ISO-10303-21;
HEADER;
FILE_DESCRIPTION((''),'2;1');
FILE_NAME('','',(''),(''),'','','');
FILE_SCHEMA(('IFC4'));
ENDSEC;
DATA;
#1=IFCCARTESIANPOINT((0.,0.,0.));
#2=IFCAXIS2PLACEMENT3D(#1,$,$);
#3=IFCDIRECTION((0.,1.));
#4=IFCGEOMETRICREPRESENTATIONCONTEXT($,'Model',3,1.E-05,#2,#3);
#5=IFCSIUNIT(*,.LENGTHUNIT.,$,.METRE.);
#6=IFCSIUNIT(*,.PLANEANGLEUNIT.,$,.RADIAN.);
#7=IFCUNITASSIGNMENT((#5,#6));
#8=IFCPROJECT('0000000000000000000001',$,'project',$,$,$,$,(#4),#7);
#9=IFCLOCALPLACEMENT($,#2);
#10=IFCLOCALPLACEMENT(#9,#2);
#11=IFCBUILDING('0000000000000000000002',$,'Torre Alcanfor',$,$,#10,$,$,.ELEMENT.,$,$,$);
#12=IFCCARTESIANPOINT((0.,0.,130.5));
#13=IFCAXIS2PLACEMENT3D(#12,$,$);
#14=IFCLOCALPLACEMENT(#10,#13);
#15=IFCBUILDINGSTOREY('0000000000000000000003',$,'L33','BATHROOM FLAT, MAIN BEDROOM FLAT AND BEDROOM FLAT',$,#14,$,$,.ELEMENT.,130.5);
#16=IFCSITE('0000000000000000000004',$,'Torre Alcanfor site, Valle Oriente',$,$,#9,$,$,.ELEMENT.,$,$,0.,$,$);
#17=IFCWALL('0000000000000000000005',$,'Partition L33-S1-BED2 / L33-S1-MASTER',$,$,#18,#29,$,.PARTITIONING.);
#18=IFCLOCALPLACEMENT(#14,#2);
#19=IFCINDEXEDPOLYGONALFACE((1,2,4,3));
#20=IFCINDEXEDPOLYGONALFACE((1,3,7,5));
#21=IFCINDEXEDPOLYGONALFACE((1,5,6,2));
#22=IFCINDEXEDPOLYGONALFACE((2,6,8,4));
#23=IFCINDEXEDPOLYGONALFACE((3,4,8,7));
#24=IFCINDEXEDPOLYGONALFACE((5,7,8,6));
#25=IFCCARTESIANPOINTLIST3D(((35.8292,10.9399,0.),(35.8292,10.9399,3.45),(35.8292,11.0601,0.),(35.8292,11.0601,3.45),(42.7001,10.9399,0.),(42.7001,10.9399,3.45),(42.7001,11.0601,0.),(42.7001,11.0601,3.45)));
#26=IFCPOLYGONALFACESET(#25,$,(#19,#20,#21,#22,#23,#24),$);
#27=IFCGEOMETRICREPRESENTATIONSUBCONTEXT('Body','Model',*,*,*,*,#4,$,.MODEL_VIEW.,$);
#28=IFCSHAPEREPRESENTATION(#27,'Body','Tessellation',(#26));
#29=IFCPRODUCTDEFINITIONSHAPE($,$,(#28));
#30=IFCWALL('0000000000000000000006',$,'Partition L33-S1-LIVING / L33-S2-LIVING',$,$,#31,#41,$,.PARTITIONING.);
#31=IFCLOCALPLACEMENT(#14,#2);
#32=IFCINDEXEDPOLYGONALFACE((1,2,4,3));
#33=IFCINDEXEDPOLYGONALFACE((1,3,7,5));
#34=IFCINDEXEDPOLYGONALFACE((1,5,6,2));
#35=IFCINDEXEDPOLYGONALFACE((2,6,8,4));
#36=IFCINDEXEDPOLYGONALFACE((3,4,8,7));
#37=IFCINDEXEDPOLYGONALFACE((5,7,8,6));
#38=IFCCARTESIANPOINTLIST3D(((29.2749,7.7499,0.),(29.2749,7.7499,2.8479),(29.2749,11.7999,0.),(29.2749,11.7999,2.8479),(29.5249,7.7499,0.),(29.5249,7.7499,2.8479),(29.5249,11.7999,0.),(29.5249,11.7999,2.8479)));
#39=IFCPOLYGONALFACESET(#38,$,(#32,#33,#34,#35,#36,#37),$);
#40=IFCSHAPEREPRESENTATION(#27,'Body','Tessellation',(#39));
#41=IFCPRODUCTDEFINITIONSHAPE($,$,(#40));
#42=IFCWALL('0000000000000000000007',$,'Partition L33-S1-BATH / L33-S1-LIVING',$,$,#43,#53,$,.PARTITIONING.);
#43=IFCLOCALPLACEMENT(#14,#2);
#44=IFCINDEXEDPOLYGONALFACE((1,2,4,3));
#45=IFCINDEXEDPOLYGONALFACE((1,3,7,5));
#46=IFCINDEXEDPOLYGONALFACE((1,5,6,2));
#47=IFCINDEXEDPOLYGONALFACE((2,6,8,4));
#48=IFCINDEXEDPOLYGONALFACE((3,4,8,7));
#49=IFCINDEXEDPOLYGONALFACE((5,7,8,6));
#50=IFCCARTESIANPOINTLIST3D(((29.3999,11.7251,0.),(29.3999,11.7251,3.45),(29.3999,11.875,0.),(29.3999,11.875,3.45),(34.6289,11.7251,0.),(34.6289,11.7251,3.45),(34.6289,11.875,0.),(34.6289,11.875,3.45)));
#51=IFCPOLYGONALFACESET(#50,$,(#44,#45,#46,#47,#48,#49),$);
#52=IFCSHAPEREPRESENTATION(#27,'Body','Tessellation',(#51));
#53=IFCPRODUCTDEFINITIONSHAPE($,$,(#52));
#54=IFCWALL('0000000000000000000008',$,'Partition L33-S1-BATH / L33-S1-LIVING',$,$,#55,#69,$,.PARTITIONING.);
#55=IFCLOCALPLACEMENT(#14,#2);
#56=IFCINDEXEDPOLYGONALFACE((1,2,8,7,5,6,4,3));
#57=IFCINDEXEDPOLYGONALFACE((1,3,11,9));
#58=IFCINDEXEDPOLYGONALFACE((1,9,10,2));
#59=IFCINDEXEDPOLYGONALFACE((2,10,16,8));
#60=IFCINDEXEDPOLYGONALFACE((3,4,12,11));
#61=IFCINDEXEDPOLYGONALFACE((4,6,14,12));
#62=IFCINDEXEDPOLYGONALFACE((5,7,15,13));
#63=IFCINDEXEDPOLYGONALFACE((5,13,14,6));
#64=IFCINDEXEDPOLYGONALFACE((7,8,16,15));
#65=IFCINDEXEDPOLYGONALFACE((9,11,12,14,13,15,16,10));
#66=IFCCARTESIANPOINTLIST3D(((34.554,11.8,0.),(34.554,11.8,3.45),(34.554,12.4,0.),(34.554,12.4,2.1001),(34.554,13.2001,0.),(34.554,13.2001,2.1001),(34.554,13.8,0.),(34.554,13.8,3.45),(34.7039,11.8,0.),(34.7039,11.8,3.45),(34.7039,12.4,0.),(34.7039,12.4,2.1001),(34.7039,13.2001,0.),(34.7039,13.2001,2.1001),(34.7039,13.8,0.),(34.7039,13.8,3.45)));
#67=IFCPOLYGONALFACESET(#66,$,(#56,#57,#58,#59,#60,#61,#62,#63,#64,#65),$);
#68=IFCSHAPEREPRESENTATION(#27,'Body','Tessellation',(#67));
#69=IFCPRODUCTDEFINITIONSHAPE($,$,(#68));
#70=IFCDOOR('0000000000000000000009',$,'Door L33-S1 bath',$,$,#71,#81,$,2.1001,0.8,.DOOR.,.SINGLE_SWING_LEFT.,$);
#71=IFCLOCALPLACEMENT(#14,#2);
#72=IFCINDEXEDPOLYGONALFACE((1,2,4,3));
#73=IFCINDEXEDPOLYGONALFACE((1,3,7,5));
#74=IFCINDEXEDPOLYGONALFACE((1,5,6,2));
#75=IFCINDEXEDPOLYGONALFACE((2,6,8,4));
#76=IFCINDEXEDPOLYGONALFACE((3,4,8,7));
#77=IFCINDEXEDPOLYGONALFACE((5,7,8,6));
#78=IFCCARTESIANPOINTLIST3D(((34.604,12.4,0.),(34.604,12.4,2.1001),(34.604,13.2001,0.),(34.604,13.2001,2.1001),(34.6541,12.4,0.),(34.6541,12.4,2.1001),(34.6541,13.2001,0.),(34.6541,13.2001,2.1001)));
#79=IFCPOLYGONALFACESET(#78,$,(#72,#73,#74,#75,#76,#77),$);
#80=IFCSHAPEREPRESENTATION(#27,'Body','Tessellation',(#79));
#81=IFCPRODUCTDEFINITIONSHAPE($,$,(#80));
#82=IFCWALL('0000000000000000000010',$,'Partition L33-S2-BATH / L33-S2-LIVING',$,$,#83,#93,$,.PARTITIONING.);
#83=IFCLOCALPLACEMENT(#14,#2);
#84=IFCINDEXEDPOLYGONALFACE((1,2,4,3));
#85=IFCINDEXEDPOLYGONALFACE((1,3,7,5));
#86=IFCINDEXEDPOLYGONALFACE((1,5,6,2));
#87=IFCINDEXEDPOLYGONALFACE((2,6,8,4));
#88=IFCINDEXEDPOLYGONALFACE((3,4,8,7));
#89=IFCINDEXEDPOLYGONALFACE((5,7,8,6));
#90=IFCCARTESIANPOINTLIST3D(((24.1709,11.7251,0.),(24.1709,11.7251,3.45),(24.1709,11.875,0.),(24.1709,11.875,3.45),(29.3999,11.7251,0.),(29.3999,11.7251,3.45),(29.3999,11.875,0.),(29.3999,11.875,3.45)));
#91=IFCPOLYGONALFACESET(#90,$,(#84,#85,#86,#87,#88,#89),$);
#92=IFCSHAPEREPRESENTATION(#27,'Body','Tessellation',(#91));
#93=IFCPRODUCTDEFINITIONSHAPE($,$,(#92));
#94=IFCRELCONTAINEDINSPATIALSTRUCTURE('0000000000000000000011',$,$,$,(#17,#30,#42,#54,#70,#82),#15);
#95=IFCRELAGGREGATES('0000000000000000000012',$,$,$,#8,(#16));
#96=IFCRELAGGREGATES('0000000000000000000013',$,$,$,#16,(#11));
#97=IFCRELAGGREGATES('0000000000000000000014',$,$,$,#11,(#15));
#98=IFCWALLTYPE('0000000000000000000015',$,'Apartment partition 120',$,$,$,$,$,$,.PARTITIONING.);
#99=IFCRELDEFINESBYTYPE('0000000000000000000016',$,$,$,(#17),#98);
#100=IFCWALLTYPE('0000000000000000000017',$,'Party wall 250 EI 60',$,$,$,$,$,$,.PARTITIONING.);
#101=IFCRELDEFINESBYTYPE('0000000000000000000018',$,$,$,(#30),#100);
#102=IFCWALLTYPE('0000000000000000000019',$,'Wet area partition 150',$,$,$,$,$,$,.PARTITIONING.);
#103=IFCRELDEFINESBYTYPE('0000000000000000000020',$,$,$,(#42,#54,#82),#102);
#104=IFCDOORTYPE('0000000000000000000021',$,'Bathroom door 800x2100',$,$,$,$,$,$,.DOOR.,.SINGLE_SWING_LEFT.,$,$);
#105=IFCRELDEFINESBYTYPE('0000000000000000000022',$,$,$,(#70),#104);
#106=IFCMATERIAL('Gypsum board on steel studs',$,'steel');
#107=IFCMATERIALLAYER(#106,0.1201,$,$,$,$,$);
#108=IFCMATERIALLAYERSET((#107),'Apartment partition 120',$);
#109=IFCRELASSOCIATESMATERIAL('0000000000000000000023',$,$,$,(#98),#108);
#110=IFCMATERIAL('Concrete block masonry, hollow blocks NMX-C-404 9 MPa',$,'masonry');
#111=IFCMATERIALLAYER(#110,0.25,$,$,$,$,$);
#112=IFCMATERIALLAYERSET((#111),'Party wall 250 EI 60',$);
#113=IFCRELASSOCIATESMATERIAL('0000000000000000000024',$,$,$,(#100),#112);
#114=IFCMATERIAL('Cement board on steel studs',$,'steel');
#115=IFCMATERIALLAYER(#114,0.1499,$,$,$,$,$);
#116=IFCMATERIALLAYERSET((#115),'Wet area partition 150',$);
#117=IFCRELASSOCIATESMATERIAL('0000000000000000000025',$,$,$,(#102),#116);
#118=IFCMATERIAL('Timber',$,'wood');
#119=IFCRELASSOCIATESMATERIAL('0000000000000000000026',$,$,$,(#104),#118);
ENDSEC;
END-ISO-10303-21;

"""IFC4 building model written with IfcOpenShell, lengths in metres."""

from ifc_helpers import new_model, si_unit, direction, frame, frame_2d, origin, place, context, subcontext, project, spatial, rectangle, extrude, material, layer, layer_set, type_object, element, fill, save


model = new_model("IFC4")

# Units and contexts
model_context = context("Model", 3, precision=1e-05, world=origin(), true_north=direction((0.0, 1.0)))
body_context = subcontext(model_context, "Body", "Model", "MODEL_VIEW")
ifc_project = project(units=[si_unit("LENGTHUNIT", "METRE"), si_unit("PLANEANGLEUNIT", "RADIAN")], contexts=[model_context])

# Site, building, storey
site_placement = place(None, origin())
site = spatial("IfcSite", under=ifc_project, at=site_placement, Name="Torre Alcanfor site, Valle Oriente", CompositionType="ELEMENT", RefElevation=0.0)
building_placement = place(site_placement, origin())
building = spatial("IfcBuilding", under=site, at=building_placement, Name="Torre Alcanfor", CompositionType="ELEMENT")
storey_placement = place(building_placement, frame((0.0, 0.0, 130.5)))
storey = spatial("IfcBuildingStorey", under=building, at=storey_placement, Name="L33", Description="BATHROOM FLAT, MAIN BEDROOM FLAT AND BEDROOM FLAT", CompositionType="ELEMENT", Elevation=130.5)

# Shared definitions
ifc_material_1 = material(Name="Gypsum board on steel studs", Category="steel")
ifc_layer_1 = layer(ifc_material_1, 0.1201)
ifc_layer_set_1 = layer_set([ifc_layer_1], Name="Apartment partition 120")
wall_type_1 = type_object("IfcWallType", Name="Apartment partition 120", PredefinedType="PARTITIONING", material=ifc_layer_set_1)

# Walls
wall_1_placement = place(storey_placement, frame((35.8291, 11.0, 0.0), z_axis=(0.0, 0.0, 1.0), x_axis=(1.0, 0.0, 0.0)))
element("IfcWall", 1, at=wall_1_placement, inside=storey, type_object=wall_type_1, Name="Partition L33-S1-BED2 / L33-S1-MASTER", PredefinedType="PARTITIONING", context=body_context, shape_type="SweptSolid", body=[
    extrude(rectangle(XDim=6.8708, YDim=0.1201, at=frame_2d((3.4355, 0.0))), origin(), (0.0, 0.0, 1.0), 3.45),
])
ifc_material_2 = material(Name="Concrete block masonry, hollow blocks NMX-C-404 9 MPa", Category="masonry")
ifc_layer_2 = layer(ifc_material_2, 0.25)
ifc_layer_set_2 = layer_set([ifc_layer_2], Name="Party wall 250 EI 60")
wall_type_2 = type_object("IfcWallType", Name="Party wall 250 EI 60", PredefinedType="PARTITIONING", material=ifc_layer_set_2)
wall_2_placement = place(storey_placement, frame((29.3999, 7.75, 0.0), z_axis=(0.0, 0.0, 1.0), x_axis=(0.0, 1.0, 0.0)))
element("IfcWall", 2, at=wall_2_placement, inside=storey, type_object=wall_type_2, Name="Partition L33-S1-LIVING / L33-S2-LIVING", PredefinedType="PARTITIONING", context=body_context, shape_type="SweptSolid", body=[
    extrude(rectangle(XDim=4.05, YDim=0.25, at=frame_2d((2.0249, 0.0))), origin(), (0.0, 0.0, 1.0), 2.8479),
])
ifc_material_3 = material(Name="Cement board on steel studs", Category="steel")
ifc_layer_3 = layer(ifc_material_3, 0.1499)
ifc_layer_set_3 = layer_set([ifc_layer_3], Name="Wet area partition 150")
wall_type_3 = type_object("IfcWallType", Name="Wet area partition 150", PredefinedType="PARTITIONING", material=ifc_layer_set_3)
wall_3_placement = place(storey_placement, frame((29.3999, 11.8, 0.0), z_axis=(0.0, 0.0, 1.0), x_axis=(1.0, 0.0, 0.0)))
element("IfcWall", 3, at=wall_3_placement, inside=storey, type_object=wall_type_3, Name="Partition L33-S1-BATH / L33-S1-LIVING", PredefinedType="PARTITIONING", context=body_context, shape_type="SweptSolid", body=[
    extrude(rectangle(XDim=5.229, YDim=0.1499, at=frame_2d((2.6145, 0.0))), origin(), (0.0, 0.0, 1.0), 3.45),
])

# Wall, opening, door
wall_4_placement = place(storey_placement, frame((34.6289, 11.8, 0.0), z_axis=(0.0, 0.0, 1.0), x_axis=(0.0, 1.0, 0.0)))
wall_4 = element("IfcWall", 4, at=wall_4_placement, inside=storey, type_object=wall_type_3, Name="Partition L33-S1-BATH / L33-S1-LIVING", PredefinedType="PARTITIONING", context=body_context, shape_type="SweptSolid", body=[
    extrude(rectangle(XDim=2.0, YDim=0.1499, at=frame_2d((1.0, 0.0))), origin(), (0.0, 0.0, 1.0), 3.45),
])
opening_1_placement = place(wall_4_placement, frame((0.6001, 0.0, 0.0)))
opening_1 = element("IfcOpeningElement", 5, at=opening_1_placement, cuts=wall_4, PredefinedType="OPENING", context=body_context, shape_type="SweptSolid", body=[
    extrude(rectangle(XDim=0.8, YDim=2.1001, at=frame_2d((0.3999, 1.05))), frame((0.0, 0.085, 0.0), z_axis=(0.0, -1.0, 0.0), x_axis=(1.0, 0.0, 0.0)), (0.0, 0.0, 1.0), 0.1699),
])
ifc_material_4 = material(Name="Timber", Category="wood")
door_type_1 = type_object("IfcDoorType", Name="Bathroom door 800x2100", OperationType="SINGLE_SWING_LEFT", PredefinedType="DOOR", material=ifc_material_4)
door_1_placement = place(opening_1_placement, origin())
door_1 = element("IfcDoor", 6, at=door_1_placement, inside=storey, type_object=door_type_1, Name="Door L33-S1 bath", OperationType="SINGLE_SWING_LEFT", OverallHeight=2.1001, OverallWidth=0.8, PredefinedType="DOOR", context=body_context, shape_type="SweptSolid", body=[
    extrude(rectangle(XDim=0.8, YDim=2.1001, at=frame_2d((0.3999, 1.05))), frame((0.0, 0.0249, 0.0), z_axis=(0.0, -1.0, 0.0), x_axis=(1.0, 0.0, 0.0)), (0.0, 0.0, 1.0), 0.05),
])
fill(opening_1, door_1)

# Wall
wall_5_placement = place(storey_placement, frame((29.3999, 11.8, 0.0), z_axis=(0.0, 0.0, 1.0), x_axis=(-1.0, 0.0, 0.0)))
element("IfcWall", 7, at=wall_5_placement, inside=storey, type_object=wall_type_3, Name="Partition L33-S2-BATH / L33-S2-LIVING", PredefinedType="PARTITIONING", context=body_context, shape_type="SweptSolid", body=[
    extrude(rectangle(XDim=5.229, YDim=0.1499, at=frame_2d((2.6145, 0.0))), origin(), (0.0, 0.0, 1.0), 3.45),
])

save(model, "model.ifc")
